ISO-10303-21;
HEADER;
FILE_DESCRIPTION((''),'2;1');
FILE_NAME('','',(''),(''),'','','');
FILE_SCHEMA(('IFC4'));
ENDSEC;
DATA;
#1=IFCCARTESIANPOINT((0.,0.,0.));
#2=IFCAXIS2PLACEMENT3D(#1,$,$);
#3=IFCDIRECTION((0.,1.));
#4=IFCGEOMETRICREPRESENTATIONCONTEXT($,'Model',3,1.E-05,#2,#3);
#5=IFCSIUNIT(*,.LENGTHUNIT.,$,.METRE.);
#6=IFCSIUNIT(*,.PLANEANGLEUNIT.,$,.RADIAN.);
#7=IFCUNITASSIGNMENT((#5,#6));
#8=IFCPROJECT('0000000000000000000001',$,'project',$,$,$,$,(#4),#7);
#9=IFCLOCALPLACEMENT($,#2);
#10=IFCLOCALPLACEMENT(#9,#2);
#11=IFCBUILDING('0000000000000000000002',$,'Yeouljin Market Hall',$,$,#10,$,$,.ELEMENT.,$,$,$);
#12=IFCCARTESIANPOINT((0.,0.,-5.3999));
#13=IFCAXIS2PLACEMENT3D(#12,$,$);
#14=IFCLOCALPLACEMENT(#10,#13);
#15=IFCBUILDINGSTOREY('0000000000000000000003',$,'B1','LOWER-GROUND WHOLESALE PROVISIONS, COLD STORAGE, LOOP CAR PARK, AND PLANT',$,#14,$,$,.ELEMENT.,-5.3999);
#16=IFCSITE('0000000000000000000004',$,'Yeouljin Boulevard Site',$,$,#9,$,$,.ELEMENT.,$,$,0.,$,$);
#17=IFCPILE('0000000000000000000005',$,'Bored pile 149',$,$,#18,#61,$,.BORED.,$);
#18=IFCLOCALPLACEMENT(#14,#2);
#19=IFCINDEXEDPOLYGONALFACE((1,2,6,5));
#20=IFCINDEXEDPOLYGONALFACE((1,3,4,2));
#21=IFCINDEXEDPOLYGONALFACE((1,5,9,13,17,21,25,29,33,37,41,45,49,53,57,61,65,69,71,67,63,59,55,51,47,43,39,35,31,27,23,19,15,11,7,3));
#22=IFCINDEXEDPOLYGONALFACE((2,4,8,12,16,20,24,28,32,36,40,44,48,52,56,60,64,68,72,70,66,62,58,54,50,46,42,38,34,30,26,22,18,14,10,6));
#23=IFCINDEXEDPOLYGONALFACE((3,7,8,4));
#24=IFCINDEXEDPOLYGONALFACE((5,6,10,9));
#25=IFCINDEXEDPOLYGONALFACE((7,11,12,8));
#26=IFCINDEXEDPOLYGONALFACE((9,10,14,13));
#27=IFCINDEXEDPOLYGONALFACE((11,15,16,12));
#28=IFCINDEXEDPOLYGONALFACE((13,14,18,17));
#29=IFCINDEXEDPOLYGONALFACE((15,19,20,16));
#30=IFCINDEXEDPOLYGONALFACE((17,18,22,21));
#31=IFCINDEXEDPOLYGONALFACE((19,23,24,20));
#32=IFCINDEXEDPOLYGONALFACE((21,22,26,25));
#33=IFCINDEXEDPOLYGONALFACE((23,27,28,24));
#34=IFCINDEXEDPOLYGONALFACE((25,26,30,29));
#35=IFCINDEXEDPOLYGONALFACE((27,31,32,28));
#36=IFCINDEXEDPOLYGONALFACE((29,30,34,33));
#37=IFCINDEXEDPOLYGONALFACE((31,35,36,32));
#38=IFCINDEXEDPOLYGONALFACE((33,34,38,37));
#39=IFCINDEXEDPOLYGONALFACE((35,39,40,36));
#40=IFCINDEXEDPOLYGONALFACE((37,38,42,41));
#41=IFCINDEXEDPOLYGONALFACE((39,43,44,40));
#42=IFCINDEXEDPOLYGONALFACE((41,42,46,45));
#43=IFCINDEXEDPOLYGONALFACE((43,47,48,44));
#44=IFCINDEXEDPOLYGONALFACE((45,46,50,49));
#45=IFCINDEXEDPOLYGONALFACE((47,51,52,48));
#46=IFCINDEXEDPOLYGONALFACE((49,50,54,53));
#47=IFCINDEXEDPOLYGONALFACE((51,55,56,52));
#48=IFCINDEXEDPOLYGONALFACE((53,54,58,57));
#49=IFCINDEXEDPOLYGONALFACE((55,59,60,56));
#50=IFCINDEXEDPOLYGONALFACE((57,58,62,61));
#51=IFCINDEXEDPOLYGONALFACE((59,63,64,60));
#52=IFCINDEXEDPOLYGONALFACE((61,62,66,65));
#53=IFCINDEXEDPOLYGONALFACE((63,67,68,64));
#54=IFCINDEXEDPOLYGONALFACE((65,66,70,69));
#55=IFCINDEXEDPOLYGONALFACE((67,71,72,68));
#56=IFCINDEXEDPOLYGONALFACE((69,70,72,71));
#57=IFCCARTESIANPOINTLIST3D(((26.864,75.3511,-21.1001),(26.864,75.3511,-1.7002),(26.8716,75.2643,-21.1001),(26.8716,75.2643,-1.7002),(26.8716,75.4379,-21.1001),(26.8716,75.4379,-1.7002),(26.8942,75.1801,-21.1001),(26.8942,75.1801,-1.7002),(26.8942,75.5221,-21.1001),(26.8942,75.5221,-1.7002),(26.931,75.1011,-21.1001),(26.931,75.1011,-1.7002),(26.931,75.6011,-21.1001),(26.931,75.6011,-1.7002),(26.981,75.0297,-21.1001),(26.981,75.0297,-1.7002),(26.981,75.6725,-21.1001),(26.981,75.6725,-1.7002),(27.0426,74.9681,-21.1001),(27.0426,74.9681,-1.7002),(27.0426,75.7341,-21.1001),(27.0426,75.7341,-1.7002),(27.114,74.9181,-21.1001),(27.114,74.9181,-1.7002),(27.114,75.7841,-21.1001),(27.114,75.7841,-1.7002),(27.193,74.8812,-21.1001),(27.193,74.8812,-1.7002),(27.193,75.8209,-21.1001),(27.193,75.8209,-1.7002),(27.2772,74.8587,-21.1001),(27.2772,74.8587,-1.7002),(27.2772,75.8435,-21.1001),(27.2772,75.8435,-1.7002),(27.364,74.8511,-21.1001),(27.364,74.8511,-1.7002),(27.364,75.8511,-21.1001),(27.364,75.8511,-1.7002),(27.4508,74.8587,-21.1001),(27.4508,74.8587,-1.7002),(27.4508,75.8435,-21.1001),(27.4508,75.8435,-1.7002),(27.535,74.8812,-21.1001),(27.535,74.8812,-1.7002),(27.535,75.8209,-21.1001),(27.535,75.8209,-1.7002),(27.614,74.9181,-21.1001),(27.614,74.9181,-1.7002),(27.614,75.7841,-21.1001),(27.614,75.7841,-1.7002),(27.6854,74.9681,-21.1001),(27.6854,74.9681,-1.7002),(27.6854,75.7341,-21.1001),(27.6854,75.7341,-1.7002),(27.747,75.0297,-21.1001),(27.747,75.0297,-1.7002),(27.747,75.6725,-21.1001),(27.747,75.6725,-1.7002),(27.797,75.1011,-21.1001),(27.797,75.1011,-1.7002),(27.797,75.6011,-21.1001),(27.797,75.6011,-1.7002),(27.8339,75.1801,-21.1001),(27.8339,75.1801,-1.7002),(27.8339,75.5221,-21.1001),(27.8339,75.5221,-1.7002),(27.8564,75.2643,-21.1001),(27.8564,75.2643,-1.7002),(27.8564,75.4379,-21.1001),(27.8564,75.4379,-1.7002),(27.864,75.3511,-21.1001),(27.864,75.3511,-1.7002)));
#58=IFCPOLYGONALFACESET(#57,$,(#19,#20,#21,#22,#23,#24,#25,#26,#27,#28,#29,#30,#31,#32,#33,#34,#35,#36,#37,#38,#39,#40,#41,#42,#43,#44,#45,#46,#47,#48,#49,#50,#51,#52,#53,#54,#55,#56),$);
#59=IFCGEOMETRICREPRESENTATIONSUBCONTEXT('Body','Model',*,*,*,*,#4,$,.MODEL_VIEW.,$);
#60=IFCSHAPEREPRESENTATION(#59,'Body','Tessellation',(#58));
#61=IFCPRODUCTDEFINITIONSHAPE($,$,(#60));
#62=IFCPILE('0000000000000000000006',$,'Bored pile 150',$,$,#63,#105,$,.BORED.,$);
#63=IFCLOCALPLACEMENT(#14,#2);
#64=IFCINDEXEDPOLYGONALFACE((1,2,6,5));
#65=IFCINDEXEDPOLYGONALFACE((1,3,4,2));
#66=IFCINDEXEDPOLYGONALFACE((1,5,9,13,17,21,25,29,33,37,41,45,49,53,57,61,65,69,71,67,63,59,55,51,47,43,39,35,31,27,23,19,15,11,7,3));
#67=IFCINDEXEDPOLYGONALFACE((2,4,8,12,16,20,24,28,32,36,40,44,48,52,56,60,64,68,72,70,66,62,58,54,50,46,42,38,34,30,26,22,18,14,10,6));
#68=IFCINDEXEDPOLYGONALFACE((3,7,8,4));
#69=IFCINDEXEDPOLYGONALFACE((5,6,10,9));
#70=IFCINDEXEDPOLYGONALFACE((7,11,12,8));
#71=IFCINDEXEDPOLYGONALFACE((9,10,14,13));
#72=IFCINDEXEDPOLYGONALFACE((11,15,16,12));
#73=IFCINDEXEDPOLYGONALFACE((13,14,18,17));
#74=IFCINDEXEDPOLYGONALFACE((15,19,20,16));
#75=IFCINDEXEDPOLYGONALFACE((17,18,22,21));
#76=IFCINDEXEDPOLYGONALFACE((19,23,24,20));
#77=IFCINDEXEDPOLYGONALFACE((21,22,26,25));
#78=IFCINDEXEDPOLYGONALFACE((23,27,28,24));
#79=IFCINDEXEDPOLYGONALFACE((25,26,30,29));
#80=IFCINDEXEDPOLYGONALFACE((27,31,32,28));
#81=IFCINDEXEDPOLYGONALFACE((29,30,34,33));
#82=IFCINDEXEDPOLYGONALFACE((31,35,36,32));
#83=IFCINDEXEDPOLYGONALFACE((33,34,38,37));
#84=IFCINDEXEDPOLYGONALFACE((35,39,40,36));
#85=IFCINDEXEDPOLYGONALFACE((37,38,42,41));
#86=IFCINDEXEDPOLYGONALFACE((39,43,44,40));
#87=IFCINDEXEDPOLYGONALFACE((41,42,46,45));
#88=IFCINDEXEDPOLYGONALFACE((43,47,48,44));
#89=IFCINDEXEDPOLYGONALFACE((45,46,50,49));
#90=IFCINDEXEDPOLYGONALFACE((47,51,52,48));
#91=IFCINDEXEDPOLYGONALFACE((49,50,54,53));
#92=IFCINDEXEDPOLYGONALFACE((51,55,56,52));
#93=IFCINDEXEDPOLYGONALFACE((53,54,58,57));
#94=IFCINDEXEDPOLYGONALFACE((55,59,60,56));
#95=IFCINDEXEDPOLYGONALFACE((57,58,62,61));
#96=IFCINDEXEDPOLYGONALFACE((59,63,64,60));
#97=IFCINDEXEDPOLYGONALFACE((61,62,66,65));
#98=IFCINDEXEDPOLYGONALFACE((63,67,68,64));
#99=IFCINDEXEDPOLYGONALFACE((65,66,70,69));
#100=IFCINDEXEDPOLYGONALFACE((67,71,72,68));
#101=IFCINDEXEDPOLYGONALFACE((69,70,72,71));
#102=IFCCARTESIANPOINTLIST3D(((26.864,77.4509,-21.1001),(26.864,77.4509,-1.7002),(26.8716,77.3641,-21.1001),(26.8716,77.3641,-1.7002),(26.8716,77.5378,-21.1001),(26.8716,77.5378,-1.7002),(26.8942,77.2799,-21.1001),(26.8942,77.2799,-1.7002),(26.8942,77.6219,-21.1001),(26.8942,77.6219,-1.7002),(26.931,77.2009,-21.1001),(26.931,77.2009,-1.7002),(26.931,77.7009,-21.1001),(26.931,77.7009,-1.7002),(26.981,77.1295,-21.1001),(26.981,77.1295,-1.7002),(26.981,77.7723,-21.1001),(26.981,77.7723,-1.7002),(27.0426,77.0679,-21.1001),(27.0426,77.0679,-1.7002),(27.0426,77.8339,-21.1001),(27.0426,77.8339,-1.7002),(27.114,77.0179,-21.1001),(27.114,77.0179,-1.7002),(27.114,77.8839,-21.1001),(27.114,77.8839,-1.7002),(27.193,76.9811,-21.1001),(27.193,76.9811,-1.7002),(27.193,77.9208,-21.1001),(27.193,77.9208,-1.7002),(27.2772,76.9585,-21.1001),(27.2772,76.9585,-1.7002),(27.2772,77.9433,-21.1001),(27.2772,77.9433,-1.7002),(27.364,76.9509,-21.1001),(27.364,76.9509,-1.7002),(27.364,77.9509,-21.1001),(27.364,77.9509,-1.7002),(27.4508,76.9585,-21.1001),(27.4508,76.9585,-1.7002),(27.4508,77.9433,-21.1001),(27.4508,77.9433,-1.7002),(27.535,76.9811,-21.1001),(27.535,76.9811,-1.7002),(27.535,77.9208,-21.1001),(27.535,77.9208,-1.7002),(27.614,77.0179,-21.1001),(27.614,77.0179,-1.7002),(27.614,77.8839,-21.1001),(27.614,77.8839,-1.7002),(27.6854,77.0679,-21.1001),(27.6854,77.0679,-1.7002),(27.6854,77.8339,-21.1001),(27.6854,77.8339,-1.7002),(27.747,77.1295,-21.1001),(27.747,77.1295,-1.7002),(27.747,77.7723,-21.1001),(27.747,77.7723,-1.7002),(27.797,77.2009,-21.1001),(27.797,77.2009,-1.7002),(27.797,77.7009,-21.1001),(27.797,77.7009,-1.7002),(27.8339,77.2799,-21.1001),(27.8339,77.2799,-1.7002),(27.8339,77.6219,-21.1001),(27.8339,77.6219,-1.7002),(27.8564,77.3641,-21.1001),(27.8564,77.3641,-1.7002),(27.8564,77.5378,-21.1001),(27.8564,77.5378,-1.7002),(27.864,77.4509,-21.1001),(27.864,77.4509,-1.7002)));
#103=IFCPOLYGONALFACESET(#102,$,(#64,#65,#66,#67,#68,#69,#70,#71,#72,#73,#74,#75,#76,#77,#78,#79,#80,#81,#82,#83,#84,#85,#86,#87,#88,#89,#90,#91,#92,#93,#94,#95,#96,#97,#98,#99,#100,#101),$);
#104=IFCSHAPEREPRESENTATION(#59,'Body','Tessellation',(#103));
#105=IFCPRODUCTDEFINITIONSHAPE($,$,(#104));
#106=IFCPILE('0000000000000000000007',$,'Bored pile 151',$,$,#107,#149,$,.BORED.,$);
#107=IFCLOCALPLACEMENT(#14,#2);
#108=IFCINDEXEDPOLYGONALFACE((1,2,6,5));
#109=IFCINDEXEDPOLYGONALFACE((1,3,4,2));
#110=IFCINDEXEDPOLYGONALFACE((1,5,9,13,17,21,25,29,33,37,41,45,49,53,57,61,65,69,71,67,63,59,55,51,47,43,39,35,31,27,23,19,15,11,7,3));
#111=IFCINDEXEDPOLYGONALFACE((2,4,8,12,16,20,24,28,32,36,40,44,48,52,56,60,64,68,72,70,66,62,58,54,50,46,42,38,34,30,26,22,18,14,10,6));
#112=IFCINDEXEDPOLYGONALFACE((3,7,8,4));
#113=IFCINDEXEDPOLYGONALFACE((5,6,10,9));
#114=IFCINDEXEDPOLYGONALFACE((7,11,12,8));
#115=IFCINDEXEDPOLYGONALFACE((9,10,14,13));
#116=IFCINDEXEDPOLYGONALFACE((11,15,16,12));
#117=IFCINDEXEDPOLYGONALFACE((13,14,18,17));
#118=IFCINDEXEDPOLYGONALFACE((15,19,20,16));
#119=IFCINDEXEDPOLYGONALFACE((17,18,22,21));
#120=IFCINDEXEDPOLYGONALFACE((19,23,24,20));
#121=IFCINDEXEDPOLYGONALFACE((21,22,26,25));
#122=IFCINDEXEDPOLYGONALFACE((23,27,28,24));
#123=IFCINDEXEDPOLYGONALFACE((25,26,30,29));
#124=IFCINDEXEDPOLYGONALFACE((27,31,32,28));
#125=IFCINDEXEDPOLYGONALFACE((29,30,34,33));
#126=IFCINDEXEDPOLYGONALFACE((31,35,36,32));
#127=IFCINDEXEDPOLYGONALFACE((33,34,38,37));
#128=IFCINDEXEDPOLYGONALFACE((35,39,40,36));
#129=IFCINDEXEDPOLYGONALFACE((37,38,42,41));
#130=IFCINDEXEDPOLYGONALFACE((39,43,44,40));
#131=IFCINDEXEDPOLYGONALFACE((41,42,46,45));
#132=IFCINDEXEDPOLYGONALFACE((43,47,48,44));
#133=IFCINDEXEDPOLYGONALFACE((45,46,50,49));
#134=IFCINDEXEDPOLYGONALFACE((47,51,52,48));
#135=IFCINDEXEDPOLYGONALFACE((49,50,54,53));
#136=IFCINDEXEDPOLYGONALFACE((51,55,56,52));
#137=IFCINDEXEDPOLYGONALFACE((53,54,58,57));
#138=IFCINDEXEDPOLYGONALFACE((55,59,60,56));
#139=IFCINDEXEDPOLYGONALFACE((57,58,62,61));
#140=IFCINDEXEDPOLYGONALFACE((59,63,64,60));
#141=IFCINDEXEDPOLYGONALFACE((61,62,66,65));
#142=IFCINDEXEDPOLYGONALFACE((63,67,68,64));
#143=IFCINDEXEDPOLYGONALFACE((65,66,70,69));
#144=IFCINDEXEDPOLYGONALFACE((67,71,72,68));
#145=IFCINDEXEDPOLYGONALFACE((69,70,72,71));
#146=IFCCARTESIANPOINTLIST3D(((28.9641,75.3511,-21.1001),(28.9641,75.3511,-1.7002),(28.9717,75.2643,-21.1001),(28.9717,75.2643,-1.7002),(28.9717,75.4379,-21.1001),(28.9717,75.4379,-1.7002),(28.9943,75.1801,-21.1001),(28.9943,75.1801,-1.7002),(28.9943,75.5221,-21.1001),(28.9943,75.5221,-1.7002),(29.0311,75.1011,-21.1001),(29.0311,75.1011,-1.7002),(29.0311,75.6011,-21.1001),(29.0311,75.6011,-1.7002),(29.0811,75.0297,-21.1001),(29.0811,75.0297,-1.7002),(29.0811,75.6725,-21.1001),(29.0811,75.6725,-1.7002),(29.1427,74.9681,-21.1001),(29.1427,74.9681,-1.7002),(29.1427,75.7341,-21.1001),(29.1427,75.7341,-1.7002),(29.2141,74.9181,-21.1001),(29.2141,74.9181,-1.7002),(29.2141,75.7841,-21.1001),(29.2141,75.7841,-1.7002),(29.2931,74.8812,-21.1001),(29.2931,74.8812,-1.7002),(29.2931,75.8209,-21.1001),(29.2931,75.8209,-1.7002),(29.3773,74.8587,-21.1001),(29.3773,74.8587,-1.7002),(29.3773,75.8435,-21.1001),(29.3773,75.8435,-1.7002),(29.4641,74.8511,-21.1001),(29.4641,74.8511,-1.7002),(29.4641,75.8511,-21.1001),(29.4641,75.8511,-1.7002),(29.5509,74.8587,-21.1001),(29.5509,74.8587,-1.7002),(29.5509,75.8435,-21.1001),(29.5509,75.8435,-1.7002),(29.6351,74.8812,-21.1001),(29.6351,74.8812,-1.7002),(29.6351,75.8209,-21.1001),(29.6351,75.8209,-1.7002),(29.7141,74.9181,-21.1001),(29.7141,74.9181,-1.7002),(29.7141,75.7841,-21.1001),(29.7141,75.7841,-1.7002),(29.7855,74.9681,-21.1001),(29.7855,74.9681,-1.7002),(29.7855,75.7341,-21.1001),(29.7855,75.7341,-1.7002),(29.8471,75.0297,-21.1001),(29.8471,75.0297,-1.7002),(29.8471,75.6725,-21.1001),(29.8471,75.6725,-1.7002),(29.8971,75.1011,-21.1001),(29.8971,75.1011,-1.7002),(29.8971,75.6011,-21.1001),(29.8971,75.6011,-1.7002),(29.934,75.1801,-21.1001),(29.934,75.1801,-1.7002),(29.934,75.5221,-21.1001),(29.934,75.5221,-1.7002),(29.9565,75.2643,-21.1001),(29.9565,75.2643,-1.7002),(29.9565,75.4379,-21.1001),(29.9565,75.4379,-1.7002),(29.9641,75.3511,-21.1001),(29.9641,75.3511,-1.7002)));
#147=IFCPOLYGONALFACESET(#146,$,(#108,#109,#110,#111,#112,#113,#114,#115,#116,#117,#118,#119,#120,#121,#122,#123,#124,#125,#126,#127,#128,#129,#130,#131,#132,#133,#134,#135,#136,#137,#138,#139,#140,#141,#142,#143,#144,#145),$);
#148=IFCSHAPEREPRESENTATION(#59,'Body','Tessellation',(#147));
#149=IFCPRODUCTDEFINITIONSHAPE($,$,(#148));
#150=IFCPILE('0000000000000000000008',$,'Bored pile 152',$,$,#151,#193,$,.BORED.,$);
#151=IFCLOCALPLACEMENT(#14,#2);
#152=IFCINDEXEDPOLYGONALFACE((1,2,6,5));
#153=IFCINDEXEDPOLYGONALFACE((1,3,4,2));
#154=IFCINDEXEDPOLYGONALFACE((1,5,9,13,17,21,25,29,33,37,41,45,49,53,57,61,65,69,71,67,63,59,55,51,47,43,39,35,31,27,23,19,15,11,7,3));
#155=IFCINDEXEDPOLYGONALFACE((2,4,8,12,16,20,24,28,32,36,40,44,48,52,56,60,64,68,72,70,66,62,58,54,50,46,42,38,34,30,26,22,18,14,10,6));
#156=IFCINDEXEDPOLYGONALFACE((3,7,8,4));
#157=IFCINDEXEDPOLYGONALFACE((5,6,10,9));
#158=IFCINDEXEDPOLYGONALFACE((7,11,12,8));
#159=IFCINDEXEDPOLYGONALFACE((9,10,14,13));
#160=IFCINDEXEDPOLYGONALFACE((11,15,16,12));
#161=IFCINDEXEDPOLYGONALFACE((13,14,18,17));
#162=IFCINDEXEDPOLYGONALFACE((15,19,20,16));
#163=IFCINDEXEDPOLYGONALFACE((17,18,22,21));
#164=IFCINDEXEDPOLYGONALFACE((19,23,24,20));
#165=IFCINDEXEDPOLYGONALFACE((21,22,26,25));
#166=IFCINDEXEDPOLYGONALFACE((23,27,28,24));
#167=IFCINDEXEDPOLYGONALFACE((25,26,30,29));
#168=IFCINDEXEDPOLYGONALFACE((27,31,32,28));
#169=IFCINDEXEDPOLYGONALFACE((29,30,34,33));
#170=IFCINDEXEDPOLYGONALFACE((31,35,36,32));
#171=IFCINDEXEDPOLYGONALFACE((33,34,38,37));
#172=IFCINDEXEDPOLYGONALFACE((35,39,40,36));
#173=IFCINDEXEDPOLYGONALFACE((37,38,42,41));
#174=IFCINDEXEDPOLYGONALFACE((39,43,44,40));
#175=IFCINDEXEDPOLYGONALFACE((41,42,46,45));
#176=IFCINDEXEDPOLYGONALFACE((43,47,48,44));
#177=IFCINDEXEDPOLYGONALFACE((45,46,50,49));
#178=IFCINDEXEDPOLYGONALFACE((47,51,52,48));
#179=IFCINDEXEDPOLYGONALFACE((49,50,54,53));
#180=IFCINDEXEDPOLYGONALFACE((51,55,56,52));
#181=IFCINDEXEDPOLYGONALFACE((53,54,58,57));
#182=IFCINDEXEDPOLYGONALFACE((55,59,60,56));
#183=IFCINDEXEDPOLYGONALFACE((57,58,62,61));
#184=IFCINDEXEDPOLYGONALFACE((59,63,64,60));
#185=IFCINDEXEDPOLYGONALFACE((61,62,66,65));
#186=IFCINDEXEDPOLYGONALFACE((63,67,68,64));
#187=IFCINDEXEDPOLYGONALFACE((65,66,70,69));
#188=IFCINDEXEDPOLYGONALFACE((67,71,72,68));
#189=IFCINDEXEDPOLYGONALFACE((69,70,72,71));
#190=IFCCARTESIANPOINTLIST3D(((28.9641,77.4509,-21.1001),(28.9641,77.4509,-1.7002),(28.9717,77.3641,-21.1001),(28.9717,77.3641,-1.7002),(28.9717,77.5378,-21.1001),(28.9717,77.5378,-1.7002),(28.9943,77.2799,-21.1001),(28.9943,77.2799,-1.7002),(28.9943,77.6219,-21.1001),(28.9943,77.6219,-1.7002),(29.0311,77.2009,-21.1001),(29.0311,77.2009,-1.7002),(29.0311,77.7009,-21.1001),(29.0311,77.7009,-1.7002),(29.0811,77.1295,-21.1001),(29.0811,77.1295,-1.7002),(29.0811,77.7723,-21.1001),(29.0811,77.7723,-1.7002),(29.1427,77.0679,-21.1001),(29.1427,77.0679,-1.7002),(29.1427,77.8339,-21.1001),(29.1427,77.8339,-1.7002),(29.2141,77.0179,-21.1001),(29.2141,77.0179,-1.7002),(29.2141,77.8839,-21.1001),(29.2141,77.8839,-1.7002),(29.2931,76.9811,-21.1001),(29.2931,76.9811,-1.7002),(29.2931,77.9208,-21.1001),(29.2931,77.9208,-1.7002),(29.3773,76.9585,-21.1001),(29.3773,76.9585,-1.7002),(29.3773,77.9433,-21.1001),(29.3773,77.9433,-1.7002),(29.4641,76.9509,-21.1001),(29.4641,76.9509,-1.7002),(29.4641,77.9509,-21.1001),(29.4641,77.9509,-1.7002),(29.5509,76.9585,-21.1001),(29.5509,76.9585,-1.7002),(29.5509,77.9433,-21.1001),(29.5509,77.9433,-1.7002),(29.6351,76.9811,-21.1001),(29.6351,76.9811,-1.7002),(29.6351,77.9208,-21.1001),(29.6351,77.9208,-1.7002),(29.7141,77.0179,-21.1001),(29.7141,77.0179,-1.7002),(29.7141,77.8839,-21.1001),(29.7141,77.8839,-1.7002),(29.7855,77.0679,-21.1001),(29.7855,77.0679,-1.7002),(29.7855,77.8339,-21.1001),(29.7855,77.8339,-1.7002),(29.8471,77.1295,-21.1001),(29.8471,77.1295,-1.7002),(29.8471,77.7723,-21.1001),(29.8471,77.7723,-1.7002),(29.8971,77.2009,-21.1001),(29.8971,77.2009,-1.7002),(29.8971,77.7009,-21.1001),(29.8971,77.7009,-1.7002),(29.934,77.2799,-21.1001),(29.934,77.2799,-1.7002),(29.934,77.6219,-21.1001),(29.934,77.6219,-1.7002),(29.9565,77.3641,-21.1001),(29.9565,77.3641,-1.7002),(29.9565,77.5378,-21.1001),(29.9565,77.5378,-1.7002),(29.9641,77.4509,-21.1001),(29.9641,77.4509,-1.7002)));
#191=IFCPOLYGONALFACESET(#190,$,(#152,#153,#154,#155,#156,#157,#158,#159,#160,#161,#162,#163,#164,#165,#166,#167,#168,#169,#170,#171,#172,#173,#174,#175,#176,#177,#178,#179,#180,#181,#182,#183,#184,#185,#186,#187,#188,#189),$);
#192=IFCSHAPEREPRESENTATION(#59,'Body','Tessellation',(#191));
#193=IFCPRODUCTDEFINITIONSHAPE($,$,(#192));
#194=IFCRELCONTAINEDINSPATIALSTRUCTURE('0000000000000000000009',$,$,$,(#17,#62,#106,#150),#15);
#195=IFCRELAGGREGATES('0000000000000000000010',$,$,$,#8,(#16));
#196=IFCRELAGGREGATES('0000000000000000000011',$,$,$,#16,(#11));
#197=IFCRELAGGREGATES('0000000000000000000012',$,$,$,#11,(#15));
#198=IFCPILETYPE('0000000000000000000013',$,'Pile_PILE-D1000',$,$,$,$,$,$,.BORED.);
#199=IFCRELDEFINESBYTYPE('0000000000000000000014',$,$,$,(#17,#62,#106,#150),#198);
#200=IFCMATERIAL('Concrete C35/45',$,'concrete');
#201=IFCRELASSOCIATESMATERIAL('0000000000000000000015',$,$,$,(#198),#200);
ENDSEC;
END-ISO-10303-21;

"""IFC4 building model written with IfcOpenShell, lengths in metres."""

from ifc_helpers import new_model, si_unit, direction, frame, origin, origin_2d, place, context, subcontext, project, spatial, circle, extrude, material, material_profile, profile_set, type_object, element, save


model = new_model("IFC4")

# Units and contexts
model_context = context("Model", 3, precision=1e-05, world=origin(), true_north=direction((0.0, 1.0)))
body_context = subcontext(model_context, "Body", "Model", "MODEL_VIEW")
ifc_project = project(units=[si_unit("LENGTHUNIT", "METRE"), si_unit("PLANEANGLEUNIT", "RADIAN")], contexts=[model_context])

# Site, building, storey
site_placement = place(None, origin())
site = spatial("IfcSite", under=ifc_project, at=site_placement, Name="Yeouljin Boulevard Site", CompositionType="ELEMENT", RefElevation=0.0)
building_placement = place(site_placement, origin())
building = spatial("IfcBuilding", under=site, at=building_placement, Name="Yeouljin Market Hall", CompositionType="ELEMENT")
storey_placement = place(building_placement, frame((0.0, 0.0, -5.3999)))
storey = spatial("IfcBuildingStorey", under=building, at=storey_placement, Name="B1", Description="LOWER-GROUND WHOLESALE PROVISIONS, COLD STORAGE, LOOP CAR PARK, AND PLANT", CompositionType="ELEMENT", Elevation=-5.3999)

# Piles
ifc_material_1 = material(Name="Concrete C35/45", Category="concrete")
ifc_material_profile_1 = material_profile(ifc_material_1, circle(Radius=0.5, at=origin_2d()), Name="PILE-D1000")
ifc_profile_set_1 = profile_set([ifc_material_profile_1], Name="Concrete C35/45")
pile_type = type_object("IfcPileType", Name="Pile_PILE-D1000", PredefinedType="BORED", material=ifc_profile_set_1)
for number, where, z_axis, x_axis, name in (
    (1, (27.364, 75.3511, -1.7002), (0.0, 0.0, -1.0), (1.0, 0.0, 0.0), "Bored pile 149"),
    (2, (27.364, 77.4509, -1.7002), (0.0, 0.0, -1.0), (1.0, 0.0, 0.0), "Bored pile 150"),
    (3, (29.4641, 75.3511, -1.7002), (0.0, 0.0, -1.0), (1.0, 0.0, 0.0), "Bored pile 151"),
    (4, (29.4641, 77.4509, -1.7002), (0.0, 0.0, -1.0), (1.0, 0.0, 0.0), "Bored pile 152"),
):
    element("IfcPile", number, at=place(storey_placement, frame(where, z_axis=z_axis, x_axis=x_axis)), inside=storey, type_object=pile_type, Name=name, PredefinedType="BORED", context=body_context, shape_type="SweptSolid", body=[
        extrude(circle(Radius=0.5, at=origin_2d()), origin(), (0.0, 0.0, 1.0), 19.3999),
    ])

save(model, "model.ifc")
